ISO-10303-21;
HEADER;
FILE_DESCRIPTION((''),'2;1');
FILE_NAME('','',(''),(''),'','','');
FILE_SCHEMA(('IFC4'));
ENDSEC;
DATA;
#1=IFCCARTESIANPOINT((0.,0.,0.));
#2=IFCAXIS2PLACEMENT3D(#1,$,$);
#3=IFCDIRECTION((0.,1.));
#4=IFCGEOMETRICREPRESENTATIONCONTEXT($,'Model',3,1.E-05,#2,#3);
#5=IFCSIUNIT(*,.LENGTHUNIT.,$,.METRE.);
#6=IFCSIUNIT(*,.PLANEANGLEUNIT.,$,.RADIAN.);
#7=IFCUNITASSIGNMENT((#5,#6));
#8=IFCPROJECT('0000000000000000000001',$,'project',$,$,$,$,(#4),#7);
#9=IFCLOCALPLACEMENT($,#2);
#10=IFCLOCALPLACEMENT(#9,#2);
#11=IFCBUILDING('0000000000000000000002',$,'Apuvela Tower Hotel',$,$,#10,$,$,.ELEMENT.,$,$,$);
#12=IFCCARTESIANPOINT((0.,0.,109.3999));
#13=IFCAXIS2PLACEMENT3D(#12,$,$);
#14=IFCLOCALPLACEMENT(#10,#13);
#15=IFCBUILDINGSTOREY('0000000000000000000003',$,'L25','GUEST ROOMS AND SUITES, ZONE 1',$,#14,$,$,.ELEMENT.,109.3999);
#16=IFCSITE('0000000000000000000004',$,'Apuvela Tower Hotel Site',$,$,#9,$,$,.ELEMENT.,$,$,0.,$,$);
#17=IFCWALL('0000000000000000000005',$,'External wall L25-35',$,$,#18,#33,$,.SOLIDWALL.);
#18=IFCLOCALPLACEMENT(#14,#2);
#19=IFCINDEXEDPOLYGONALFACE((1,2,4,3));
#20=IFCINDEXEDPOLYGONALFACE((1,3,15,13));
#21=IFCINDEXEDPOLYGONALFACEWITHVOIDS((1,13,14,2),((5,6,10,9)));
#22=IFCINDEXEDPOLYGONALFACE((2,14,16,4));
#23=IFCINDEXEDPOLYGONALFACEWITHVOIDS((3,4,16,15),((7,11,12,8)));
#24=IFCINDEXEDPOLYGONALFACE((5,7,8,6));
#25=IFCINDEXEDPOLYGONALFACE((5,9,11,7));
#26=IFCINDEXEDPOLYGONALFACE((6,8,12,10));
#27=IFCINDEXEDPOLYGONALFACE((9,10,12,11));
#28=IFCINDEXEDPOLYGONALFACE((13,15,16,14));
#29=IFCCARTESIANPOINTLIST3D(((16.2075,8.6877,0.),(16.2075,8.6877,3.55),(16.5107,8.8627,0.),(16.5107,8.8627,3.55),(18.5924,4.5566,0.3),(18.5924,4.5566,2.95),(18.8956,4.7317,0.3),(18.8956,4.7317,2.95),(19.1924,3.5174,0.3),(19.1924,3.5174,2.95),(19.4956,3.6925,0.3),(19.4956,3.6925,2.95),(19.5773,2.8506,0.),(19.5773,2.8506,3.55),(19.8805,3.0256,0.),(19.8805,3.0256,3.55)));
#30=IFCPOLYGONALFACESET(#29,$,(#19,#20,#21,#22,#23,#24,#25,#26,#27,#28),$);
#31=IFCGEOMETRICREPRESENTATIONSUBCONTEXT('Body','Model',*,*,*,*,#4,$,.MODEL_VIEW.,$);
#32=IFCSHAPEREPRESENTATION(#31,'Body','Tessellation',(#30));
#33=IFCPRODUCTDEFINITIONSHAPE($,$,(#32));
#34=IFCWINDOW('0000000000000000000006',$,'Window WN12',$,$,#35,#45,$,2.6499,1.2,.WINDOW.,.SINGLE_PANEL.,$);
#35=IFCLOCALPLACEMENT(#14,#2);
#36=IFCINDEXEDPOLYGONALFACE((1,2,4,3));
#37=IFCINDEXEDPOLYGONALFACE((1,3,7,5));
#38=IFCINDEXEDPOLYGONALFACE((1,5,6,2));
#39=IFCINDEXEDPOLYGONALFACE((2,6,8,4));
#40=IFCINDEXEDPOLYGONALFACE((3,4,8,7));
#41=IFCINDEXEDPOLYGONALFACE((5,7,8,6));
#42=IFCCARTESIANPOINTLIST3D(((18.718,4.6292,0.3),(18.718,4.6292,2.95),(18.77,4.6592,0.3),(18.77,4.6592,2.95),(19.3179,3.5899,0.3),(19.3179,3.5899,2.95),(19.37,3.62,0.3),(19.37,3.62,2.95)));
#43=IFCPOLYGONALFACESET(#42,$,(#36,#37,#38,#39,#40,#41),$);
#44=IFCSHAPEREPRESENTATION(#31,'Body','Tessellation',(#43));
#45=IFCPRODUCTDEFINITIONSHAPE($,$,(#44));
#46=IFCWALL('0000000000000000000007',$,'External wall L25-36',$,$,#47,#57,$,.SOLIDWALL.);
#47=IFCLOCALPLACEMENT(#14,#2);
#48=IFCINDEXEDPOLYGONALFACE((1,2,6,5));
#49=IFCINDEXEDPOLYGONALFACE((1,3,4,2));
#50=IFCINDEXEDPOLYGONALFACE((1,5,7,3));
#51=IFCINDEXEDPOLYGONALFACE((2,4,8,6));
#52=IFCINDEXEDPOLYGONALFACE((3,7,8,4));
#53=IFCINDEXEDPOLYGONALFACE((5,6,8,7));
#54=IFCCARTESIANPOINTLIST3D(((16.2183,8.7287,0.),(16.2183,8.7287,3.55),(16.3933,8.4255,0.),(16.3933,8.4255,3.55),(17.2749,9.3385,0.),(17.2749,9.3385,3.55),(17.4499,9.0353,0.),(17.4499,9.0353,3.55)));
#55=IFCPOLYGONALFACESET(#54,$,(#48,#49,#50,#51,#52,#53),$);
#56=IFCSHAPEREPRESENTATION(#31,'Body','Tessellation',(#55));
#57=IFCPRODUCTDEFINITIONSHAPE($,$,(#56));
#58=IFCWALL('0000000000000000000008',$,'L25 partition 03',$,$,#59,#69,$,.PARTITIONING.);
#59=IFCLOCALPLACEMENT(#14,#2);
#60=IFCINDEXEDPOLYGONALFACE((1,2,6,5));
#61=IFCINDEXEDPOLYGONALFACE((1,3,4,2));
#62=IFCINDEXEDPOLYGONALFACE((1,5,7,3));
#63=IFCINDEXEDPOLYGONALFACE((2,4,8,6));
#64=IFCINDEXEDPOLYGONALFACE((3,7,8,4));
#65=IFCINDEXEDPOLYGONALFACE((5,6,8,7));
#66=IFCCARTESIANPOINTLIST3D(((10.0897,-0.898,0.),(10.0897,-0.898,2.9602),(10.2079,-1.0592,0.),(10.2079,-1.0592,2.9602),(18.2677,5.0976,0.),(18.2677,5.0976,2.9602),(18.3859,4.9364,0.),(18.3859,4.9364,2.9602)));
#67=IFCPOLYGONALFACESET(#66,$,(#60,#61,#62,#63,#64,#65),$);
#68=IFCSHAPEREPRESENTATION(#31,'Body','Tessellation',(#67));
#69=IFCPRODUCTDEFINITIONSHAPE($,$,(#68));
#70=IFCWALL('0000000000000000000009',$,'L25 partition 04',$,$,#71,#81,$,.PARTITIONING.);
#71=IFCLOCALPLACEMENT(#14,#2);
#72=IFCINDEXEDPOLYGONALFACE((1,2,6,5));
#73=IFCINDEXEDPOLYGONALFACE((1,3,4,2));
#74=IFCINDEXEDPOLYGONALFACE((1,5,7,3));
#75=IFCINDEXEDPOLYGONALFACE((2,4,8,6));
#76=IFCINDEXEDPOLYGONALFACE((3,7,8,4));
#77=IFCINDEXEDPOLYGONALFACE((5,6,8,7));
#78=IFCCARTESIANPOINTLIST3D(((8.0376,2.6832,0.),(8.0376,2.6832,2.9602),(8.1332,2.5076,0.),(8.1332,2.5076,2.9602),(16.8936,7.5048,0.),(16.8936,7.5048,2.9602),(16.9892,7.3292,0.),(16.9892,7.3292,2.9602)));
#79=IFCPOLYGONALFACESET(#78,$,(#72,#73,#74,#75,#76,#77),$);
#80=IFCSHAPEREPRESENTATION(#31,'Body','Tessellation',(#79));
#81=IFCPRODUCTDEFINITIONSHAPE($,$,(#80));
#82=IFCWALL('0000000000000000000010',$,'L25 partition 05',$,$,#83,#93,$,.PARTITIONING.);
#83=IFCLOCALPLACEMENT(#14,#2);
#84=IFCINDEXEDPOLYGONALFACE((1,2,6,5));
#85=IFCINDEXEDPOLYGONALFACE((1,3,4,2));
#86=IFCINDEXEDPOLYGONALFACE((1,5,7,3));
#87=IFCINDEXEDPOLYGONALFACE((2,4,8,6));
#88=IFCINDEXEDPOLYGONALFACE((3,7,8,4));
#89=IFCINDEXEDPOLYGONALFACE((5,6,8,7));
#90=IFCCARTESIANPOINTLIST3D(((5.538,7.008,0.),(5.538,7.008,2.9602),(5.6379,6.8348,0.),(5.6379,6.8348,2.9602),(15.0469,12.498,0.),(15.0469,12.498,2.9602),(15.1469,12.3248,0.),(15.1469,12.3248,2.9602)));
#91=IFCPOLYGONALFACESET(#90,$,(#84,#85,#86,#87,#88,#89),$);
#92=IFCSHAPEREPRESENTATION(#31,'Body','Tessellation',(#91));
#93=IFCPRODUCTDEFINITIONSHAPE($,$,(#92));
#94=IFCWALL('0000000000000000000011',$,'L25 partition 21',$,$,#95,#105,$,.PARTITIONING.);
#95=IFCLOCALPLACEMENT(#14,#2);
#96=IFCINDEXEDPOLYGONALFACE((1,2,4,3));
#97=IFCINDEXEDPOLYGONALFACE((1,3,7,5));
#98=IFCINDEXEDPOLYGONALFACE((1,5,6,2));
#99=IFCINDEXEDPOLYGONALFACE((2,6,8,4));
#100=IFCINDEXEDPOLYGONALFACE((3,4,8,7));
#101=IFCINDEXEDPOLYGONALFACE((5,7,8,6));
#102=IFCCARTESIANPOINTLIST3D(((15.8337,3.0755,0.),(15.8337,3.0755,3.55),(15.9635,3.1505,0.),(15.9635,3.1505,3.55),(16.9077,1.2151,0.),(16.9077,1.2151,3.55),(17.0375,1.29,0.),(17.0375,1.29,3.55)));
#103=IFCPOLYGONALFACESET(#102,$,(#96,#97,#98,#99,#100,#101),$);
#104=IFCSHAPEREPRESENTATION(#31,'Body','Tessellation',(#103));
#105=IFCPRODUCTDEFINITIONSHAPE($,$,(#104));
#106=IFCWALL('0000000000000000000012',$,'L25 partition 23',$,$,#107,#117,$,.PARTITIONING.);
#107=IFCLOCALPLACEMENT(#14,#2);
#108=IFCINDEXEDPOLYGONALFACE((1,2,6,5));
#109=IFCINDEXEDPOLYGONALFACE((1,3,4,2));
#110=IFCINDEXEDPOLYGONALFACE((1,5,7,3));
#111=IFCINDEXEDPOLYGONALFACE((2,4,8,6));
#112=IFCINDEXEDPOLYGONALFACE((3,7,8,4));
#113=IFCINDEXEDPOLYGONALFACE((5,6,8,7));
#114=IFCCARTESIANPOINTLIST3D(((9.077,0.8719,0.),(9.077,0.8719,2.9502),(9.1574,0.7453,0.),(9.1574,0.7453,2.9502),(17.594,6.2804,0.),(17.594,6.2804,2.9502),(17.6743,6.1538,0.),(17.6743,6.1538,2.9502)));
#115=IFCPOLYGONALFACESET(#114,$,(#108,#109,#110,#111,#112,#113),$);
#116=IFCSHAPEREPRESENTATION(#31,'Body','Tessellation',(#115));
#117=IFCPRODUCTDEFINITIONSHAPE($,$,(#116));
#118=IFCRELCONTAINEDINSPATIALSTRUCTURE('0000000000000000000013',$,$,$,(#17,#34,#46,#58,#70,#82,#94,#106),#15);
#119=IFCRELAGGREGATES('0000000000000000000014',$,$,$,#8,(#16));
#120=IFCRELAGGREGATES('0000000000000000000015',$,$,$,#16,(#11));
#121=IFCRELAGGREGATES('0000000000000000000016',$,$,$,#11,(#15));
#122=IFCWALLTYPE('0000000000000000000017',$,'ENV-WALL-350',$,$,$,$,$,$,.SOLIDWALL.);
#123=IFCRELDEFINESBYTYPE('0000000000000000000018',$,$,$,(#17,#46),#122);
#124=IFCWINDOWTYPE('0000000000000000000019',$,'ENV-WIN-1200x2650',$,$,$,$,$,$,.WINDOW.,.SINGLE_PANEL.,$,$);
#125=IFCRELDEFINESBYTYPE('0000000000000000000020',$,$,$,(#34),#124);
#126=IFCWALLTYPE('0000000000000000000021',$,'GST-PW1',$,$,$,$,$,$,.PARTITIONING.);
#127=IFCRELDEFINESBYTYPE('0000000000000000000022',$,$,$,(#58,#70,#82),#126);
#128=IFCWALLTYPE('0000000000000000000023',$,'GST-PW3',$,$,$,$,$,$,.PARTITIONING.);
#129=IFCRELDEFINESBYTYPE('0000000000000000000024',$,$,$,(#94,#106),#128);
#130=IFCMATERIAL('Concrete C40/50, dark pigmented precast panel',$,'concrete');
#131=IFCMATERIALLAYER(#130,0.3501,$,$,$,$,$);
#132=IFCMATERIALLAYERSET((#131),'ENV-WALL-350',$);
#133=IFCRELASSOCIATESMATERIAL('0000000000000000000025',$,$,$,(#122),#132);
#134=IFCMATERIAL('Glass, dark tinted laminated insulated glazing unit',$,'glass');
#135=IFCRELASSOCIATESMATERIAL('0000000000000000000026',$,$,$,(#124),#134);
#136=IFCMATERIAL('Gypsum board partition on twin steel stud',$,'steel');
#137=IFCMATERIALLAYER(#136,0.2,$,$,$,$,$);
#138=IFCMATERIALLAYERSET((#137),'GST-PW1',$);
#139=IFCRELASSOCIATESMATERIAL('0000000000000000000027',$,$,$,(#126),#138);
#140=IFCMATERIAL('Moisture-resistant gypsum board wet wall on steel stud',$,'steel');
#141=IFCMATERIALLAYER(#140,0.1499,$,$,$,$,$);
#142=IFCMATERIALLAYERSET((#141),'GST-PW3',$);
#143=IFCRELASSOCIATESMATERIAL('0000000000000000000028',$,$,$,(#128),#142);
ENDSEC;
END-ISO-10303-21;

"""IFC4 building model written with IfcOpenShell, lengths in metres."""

from ifc_helpers import new_model, si_unit, direction, frame, frame_2d, origin, place, context, subcontext, project, spatial, rectangle, extrude, material, layer, layer_set, type_object, element, fill, save


model = new_model("IFC4")

# Units and contexts
model_context = context("Model", 3, precision=1e-05, world=origin(), true_north=direction((0.0, 1.0)))
body_context = subcontext(model_context, "Body", "Model", "MODEL_VIEW")
ifc_project = project(units=[si_unit("LENGTHUNIT", "METRE"), si_unit("PLANEANGLEUNIT", "RADIAN")], contexts=[model_context])

# Site, building, storey
site_placement = place(None, origin())
site = spatial("IfcSite", under=ifc_project, at=site_placement, Name="Apuvela Tower Hotel Site", CompositionType="ELEMENT", RefElevation=0.0)
building_placement = place(site_placement, origin())
building = spatial("IfcBuilding", under=site, at=building_placement, Name="Apuvela Tower Hotel", CompositionType="ELEMENT")
storey_placement = place(building_placement, frame((0.0, 0.0, 109.3999)))
storey = spatial("IfcBuildingStorey", under=building, at=storey_placement, Name="L25", Description="GUEST ROOMS AND SUITES, ZONE 1", CompositionType="ELEMENT", Elevation=109.3999)

# Shared definitions
ifc_material_1 = material(Name="Concrete C40/50, dark pigmented precast panel", Category="concrete")
ifc_layer_1 = layer(ifc_material_1, 0.3501)
ifc_layer_set_1 = layer_set([ifc_layer_1], Name="ENV-WALL-350")
wall_type_1 = type_object("IfcWallType", Name="ENV-WALL-350", PredefinedType="SOLIDWALL", material=ifc_layer_set_1)

# Wall, opening, window
wall_1_placement = place(storey_placement, frame((19.729, 2.938, 0.0), z_axis=(0.0, 0.0, 1.0), x_axis=(-0.499976, 0.866039, 0.0)))
wall_1 = element("IfcWall", 1, at=wall_1_placement, inside=storey, type_object=wall_type_1, Name="External wall L25-35", PredefinedType="SOLIDWALL", context=body_context, shape_type="SweptSolid", body=[
    extrude(rectangle(XDim=6.74, YDim=0.3501, at=frame_2d((3.3701, 0.0))), origin(), (0.0, 0.0, 1.0), 3.55),
])
opening_1_placement = place(wall_1_placement, frame((0.77, 0.0, 0.3)))
opening_1 = element("IfcOpeningElement", 2, at=opening_1_placement, cuts=wall_1, PredefinedType="OPENING", context=body_context, shape_type="SweptSolid", body=[
    extrude(rectangle(XDim=1.2, YDim=2.6499, at=frame_2d((0.6001, 1.325))), frame((0.0, 0.1851, 0.0), z_axis=(0.0, -1.0, 0.0), x_axis=(1.0, 0.0, 0.0)), (0.0, 0.0, 1.0), 0.3701),
])
ifc_material_2 = material(Name="Glass, dark tinted laminated insulated glazing unit", Category="glass")
window_type_1 = type_object("IfcWindowType", Name="ENV-WIN-1200x2650", PartitioningType="SINGLE_PANEL", PredefinedType="WINDOW", material=ifc_material_2)
window_1_placement = place(opening_1_placement, origin())
window_1 = element("IfcWindow", 3, at=window_1_placement, inside=storey, type_object=window_type_1, Name="Window WN12", OverallHeight=2.6499, OverallWidth=1.2, PartitioningType="SINGLE_PANEL", PredefinedType="WINDOW", context=body_context, shape_type="SweptSolid", body=[
    extrude(rectangle(XDim=1.2, YDim=2.6499, at=frame_2d((0.6001, 1.325))), frame((0.0, 0.03, 0.0), z_axis=(0.0, -1.0, 0.0), x_axis=(1.0, 0.0, 0.0)), (0.0, 0.0, 1.0), 0.0601),
])
fill(opening_1, window_1)

# Wall
wall_2_placement = place(storey_placement, frame((16.3059, 8.5771, 0.0), z_axis=(0.0, 0.0, 1.0), x_axis=(0.866092, 0.499884, 0.0)))
element("IfcWall", 4, at=wall_2_placement, inside=storey, type_object=wall_type_1, Name="External wall L25-36", PredefinedType="SOLIDWALL", context=body_context, shape_type="SweptSolid", body=[
    extrude(rectangle(XDim=1.22, YDim=0.3501, at=frame_2d((0.6099, 0.0))), origin(), (0.0, 0.0, 1.0), 3.55),
])

# Walls
ifc_material_3 = material(Name="Gypsum board partition on twin steel stud", Category="steel")
ifc_layer_2 = layer(ifc_material_3, 0.2)
ifc_layer_set_2 = layer_set([ifc_layer_2], Name="GST-PW1")
wall_type_2 = type_object("IfcWallType", Name="GST-PW1", PredefinedType="PARTITIONING", material=ifc_layer_set_2)
wall_3_placement = place(storey_placement, frame((18.3269, 5.0171, 0.0), z_axis=(0.0, 0.0, 1.0), x_axis=(-0.806479, -0.591262, 0.0)))
element("IfcWall", 5, at=wall_3_placement, inside=storey, type_object=wall_type_2, Name="L25 partition 03", PredefinedType="PARTITIONING", context=body_context, shape_type="SweptSolid", body=[
    extrude(rectangle(XDim=10.1404, YDim=0.2, at=frame_2d((5.0703, 0.0))), origin(), (0.0, 0.0, 1.0), 2.9602),
])
wall_4_placement = place(storey_placement, frame((16.9414, 7.417, 0.0), z_axis=(0.0, 0.0, 1.0), x_axis=(-0.87827, -0.478165, 0.0)))
element("IfcWall", 6, at=wall_4_placement, inside=storey, type_object=wall_type_2, Name="L25 partition 04", PredefinedType="PARTITIONING", context=body_context, shape_type="SweptSolid", body=[
    extrude(rectangle(XDim=10.0835, YDim=0.2, at=frame_2d((5.0417, 0.0))), origin(), (0.0, 0.0, 1.0), 2.9602),
])
wall_5_placement = place(storey_placement, frame((15.0969, 12.4114, 0.0), z_axis=(0.0, 0.0, 1.0), x_axis=(-0.866027, -0.499996, 0.0)))
element("IfcWall", 7, at=wall_5_placement, inside=storey, type_object=wall_type_2, Name="L25 partition 05", PredefinedType="PARTITIONING", context=body_context, shape_type="SweptSolid", body=[
    extrude(rectangle(XDim=10.98, YDim=0.2, at=frame_2d((5.49, 0.0))), origin(), (0.0, 0.0, 1.0), 2.9602),
])
ifc_material_4 = material(Name="Moisture-resistant gypsum board wet wall on steel stud", Category="steel")
ifc_layer_3 = layer(ifc_material_4, 0.1499)
ifc_layer_set_3 = layer_set([ifc_layer_3], Name="GST-PW3")
wall_type_3 = type_object("IfcWallType", Name="GST-PW3", PredefinedType="PARTITIONING", material=ifc_layer_set_3)
wall_6_placement = place(storey_placement, frame((16.9727, 1.2524, 0.0), z_axis=(0.0, 0.0, 1.0), x_axis=(-0.499965, 0.866046, 0.0)))
element("IfcWall", 8, at=wall_6_placement, inside=storey, type_object=wall_type_3, Name="L25 partition 21", PredefinedType="PARTITIONING", context=body_context, shape_type="SweptSolid", body=[
    extrude(rectangle(XDim=2.1482, YDim=0.1499, at=frame_2d((1.0742, 0.0))), origin(), (0.0, 0.0, 1.0), 3.55),
])
wall_7_placement = place(storey_placement, frame((17.634, 6.217, 0.0), z_axis=(0.0, 0.0, 1.0), x_axis=(-0.844171, -0.536074, 0.0)))
element("IfcWall", 9, at=wall_7_placement, inside=storey, type_object=wall_type_3, Name="L25 partition 23", PredefinedType="PARTITIONING", context=body_context, shape_type="SweptSolid", body=[
    extrude(rectangle(XDim=10.0891, YDim=0.1499, at=frame_2d((5.0444, 0.0))), origin(), (0.0, 0.0, 1.0), 2.9502),
])

save(model, "model.ifc")
